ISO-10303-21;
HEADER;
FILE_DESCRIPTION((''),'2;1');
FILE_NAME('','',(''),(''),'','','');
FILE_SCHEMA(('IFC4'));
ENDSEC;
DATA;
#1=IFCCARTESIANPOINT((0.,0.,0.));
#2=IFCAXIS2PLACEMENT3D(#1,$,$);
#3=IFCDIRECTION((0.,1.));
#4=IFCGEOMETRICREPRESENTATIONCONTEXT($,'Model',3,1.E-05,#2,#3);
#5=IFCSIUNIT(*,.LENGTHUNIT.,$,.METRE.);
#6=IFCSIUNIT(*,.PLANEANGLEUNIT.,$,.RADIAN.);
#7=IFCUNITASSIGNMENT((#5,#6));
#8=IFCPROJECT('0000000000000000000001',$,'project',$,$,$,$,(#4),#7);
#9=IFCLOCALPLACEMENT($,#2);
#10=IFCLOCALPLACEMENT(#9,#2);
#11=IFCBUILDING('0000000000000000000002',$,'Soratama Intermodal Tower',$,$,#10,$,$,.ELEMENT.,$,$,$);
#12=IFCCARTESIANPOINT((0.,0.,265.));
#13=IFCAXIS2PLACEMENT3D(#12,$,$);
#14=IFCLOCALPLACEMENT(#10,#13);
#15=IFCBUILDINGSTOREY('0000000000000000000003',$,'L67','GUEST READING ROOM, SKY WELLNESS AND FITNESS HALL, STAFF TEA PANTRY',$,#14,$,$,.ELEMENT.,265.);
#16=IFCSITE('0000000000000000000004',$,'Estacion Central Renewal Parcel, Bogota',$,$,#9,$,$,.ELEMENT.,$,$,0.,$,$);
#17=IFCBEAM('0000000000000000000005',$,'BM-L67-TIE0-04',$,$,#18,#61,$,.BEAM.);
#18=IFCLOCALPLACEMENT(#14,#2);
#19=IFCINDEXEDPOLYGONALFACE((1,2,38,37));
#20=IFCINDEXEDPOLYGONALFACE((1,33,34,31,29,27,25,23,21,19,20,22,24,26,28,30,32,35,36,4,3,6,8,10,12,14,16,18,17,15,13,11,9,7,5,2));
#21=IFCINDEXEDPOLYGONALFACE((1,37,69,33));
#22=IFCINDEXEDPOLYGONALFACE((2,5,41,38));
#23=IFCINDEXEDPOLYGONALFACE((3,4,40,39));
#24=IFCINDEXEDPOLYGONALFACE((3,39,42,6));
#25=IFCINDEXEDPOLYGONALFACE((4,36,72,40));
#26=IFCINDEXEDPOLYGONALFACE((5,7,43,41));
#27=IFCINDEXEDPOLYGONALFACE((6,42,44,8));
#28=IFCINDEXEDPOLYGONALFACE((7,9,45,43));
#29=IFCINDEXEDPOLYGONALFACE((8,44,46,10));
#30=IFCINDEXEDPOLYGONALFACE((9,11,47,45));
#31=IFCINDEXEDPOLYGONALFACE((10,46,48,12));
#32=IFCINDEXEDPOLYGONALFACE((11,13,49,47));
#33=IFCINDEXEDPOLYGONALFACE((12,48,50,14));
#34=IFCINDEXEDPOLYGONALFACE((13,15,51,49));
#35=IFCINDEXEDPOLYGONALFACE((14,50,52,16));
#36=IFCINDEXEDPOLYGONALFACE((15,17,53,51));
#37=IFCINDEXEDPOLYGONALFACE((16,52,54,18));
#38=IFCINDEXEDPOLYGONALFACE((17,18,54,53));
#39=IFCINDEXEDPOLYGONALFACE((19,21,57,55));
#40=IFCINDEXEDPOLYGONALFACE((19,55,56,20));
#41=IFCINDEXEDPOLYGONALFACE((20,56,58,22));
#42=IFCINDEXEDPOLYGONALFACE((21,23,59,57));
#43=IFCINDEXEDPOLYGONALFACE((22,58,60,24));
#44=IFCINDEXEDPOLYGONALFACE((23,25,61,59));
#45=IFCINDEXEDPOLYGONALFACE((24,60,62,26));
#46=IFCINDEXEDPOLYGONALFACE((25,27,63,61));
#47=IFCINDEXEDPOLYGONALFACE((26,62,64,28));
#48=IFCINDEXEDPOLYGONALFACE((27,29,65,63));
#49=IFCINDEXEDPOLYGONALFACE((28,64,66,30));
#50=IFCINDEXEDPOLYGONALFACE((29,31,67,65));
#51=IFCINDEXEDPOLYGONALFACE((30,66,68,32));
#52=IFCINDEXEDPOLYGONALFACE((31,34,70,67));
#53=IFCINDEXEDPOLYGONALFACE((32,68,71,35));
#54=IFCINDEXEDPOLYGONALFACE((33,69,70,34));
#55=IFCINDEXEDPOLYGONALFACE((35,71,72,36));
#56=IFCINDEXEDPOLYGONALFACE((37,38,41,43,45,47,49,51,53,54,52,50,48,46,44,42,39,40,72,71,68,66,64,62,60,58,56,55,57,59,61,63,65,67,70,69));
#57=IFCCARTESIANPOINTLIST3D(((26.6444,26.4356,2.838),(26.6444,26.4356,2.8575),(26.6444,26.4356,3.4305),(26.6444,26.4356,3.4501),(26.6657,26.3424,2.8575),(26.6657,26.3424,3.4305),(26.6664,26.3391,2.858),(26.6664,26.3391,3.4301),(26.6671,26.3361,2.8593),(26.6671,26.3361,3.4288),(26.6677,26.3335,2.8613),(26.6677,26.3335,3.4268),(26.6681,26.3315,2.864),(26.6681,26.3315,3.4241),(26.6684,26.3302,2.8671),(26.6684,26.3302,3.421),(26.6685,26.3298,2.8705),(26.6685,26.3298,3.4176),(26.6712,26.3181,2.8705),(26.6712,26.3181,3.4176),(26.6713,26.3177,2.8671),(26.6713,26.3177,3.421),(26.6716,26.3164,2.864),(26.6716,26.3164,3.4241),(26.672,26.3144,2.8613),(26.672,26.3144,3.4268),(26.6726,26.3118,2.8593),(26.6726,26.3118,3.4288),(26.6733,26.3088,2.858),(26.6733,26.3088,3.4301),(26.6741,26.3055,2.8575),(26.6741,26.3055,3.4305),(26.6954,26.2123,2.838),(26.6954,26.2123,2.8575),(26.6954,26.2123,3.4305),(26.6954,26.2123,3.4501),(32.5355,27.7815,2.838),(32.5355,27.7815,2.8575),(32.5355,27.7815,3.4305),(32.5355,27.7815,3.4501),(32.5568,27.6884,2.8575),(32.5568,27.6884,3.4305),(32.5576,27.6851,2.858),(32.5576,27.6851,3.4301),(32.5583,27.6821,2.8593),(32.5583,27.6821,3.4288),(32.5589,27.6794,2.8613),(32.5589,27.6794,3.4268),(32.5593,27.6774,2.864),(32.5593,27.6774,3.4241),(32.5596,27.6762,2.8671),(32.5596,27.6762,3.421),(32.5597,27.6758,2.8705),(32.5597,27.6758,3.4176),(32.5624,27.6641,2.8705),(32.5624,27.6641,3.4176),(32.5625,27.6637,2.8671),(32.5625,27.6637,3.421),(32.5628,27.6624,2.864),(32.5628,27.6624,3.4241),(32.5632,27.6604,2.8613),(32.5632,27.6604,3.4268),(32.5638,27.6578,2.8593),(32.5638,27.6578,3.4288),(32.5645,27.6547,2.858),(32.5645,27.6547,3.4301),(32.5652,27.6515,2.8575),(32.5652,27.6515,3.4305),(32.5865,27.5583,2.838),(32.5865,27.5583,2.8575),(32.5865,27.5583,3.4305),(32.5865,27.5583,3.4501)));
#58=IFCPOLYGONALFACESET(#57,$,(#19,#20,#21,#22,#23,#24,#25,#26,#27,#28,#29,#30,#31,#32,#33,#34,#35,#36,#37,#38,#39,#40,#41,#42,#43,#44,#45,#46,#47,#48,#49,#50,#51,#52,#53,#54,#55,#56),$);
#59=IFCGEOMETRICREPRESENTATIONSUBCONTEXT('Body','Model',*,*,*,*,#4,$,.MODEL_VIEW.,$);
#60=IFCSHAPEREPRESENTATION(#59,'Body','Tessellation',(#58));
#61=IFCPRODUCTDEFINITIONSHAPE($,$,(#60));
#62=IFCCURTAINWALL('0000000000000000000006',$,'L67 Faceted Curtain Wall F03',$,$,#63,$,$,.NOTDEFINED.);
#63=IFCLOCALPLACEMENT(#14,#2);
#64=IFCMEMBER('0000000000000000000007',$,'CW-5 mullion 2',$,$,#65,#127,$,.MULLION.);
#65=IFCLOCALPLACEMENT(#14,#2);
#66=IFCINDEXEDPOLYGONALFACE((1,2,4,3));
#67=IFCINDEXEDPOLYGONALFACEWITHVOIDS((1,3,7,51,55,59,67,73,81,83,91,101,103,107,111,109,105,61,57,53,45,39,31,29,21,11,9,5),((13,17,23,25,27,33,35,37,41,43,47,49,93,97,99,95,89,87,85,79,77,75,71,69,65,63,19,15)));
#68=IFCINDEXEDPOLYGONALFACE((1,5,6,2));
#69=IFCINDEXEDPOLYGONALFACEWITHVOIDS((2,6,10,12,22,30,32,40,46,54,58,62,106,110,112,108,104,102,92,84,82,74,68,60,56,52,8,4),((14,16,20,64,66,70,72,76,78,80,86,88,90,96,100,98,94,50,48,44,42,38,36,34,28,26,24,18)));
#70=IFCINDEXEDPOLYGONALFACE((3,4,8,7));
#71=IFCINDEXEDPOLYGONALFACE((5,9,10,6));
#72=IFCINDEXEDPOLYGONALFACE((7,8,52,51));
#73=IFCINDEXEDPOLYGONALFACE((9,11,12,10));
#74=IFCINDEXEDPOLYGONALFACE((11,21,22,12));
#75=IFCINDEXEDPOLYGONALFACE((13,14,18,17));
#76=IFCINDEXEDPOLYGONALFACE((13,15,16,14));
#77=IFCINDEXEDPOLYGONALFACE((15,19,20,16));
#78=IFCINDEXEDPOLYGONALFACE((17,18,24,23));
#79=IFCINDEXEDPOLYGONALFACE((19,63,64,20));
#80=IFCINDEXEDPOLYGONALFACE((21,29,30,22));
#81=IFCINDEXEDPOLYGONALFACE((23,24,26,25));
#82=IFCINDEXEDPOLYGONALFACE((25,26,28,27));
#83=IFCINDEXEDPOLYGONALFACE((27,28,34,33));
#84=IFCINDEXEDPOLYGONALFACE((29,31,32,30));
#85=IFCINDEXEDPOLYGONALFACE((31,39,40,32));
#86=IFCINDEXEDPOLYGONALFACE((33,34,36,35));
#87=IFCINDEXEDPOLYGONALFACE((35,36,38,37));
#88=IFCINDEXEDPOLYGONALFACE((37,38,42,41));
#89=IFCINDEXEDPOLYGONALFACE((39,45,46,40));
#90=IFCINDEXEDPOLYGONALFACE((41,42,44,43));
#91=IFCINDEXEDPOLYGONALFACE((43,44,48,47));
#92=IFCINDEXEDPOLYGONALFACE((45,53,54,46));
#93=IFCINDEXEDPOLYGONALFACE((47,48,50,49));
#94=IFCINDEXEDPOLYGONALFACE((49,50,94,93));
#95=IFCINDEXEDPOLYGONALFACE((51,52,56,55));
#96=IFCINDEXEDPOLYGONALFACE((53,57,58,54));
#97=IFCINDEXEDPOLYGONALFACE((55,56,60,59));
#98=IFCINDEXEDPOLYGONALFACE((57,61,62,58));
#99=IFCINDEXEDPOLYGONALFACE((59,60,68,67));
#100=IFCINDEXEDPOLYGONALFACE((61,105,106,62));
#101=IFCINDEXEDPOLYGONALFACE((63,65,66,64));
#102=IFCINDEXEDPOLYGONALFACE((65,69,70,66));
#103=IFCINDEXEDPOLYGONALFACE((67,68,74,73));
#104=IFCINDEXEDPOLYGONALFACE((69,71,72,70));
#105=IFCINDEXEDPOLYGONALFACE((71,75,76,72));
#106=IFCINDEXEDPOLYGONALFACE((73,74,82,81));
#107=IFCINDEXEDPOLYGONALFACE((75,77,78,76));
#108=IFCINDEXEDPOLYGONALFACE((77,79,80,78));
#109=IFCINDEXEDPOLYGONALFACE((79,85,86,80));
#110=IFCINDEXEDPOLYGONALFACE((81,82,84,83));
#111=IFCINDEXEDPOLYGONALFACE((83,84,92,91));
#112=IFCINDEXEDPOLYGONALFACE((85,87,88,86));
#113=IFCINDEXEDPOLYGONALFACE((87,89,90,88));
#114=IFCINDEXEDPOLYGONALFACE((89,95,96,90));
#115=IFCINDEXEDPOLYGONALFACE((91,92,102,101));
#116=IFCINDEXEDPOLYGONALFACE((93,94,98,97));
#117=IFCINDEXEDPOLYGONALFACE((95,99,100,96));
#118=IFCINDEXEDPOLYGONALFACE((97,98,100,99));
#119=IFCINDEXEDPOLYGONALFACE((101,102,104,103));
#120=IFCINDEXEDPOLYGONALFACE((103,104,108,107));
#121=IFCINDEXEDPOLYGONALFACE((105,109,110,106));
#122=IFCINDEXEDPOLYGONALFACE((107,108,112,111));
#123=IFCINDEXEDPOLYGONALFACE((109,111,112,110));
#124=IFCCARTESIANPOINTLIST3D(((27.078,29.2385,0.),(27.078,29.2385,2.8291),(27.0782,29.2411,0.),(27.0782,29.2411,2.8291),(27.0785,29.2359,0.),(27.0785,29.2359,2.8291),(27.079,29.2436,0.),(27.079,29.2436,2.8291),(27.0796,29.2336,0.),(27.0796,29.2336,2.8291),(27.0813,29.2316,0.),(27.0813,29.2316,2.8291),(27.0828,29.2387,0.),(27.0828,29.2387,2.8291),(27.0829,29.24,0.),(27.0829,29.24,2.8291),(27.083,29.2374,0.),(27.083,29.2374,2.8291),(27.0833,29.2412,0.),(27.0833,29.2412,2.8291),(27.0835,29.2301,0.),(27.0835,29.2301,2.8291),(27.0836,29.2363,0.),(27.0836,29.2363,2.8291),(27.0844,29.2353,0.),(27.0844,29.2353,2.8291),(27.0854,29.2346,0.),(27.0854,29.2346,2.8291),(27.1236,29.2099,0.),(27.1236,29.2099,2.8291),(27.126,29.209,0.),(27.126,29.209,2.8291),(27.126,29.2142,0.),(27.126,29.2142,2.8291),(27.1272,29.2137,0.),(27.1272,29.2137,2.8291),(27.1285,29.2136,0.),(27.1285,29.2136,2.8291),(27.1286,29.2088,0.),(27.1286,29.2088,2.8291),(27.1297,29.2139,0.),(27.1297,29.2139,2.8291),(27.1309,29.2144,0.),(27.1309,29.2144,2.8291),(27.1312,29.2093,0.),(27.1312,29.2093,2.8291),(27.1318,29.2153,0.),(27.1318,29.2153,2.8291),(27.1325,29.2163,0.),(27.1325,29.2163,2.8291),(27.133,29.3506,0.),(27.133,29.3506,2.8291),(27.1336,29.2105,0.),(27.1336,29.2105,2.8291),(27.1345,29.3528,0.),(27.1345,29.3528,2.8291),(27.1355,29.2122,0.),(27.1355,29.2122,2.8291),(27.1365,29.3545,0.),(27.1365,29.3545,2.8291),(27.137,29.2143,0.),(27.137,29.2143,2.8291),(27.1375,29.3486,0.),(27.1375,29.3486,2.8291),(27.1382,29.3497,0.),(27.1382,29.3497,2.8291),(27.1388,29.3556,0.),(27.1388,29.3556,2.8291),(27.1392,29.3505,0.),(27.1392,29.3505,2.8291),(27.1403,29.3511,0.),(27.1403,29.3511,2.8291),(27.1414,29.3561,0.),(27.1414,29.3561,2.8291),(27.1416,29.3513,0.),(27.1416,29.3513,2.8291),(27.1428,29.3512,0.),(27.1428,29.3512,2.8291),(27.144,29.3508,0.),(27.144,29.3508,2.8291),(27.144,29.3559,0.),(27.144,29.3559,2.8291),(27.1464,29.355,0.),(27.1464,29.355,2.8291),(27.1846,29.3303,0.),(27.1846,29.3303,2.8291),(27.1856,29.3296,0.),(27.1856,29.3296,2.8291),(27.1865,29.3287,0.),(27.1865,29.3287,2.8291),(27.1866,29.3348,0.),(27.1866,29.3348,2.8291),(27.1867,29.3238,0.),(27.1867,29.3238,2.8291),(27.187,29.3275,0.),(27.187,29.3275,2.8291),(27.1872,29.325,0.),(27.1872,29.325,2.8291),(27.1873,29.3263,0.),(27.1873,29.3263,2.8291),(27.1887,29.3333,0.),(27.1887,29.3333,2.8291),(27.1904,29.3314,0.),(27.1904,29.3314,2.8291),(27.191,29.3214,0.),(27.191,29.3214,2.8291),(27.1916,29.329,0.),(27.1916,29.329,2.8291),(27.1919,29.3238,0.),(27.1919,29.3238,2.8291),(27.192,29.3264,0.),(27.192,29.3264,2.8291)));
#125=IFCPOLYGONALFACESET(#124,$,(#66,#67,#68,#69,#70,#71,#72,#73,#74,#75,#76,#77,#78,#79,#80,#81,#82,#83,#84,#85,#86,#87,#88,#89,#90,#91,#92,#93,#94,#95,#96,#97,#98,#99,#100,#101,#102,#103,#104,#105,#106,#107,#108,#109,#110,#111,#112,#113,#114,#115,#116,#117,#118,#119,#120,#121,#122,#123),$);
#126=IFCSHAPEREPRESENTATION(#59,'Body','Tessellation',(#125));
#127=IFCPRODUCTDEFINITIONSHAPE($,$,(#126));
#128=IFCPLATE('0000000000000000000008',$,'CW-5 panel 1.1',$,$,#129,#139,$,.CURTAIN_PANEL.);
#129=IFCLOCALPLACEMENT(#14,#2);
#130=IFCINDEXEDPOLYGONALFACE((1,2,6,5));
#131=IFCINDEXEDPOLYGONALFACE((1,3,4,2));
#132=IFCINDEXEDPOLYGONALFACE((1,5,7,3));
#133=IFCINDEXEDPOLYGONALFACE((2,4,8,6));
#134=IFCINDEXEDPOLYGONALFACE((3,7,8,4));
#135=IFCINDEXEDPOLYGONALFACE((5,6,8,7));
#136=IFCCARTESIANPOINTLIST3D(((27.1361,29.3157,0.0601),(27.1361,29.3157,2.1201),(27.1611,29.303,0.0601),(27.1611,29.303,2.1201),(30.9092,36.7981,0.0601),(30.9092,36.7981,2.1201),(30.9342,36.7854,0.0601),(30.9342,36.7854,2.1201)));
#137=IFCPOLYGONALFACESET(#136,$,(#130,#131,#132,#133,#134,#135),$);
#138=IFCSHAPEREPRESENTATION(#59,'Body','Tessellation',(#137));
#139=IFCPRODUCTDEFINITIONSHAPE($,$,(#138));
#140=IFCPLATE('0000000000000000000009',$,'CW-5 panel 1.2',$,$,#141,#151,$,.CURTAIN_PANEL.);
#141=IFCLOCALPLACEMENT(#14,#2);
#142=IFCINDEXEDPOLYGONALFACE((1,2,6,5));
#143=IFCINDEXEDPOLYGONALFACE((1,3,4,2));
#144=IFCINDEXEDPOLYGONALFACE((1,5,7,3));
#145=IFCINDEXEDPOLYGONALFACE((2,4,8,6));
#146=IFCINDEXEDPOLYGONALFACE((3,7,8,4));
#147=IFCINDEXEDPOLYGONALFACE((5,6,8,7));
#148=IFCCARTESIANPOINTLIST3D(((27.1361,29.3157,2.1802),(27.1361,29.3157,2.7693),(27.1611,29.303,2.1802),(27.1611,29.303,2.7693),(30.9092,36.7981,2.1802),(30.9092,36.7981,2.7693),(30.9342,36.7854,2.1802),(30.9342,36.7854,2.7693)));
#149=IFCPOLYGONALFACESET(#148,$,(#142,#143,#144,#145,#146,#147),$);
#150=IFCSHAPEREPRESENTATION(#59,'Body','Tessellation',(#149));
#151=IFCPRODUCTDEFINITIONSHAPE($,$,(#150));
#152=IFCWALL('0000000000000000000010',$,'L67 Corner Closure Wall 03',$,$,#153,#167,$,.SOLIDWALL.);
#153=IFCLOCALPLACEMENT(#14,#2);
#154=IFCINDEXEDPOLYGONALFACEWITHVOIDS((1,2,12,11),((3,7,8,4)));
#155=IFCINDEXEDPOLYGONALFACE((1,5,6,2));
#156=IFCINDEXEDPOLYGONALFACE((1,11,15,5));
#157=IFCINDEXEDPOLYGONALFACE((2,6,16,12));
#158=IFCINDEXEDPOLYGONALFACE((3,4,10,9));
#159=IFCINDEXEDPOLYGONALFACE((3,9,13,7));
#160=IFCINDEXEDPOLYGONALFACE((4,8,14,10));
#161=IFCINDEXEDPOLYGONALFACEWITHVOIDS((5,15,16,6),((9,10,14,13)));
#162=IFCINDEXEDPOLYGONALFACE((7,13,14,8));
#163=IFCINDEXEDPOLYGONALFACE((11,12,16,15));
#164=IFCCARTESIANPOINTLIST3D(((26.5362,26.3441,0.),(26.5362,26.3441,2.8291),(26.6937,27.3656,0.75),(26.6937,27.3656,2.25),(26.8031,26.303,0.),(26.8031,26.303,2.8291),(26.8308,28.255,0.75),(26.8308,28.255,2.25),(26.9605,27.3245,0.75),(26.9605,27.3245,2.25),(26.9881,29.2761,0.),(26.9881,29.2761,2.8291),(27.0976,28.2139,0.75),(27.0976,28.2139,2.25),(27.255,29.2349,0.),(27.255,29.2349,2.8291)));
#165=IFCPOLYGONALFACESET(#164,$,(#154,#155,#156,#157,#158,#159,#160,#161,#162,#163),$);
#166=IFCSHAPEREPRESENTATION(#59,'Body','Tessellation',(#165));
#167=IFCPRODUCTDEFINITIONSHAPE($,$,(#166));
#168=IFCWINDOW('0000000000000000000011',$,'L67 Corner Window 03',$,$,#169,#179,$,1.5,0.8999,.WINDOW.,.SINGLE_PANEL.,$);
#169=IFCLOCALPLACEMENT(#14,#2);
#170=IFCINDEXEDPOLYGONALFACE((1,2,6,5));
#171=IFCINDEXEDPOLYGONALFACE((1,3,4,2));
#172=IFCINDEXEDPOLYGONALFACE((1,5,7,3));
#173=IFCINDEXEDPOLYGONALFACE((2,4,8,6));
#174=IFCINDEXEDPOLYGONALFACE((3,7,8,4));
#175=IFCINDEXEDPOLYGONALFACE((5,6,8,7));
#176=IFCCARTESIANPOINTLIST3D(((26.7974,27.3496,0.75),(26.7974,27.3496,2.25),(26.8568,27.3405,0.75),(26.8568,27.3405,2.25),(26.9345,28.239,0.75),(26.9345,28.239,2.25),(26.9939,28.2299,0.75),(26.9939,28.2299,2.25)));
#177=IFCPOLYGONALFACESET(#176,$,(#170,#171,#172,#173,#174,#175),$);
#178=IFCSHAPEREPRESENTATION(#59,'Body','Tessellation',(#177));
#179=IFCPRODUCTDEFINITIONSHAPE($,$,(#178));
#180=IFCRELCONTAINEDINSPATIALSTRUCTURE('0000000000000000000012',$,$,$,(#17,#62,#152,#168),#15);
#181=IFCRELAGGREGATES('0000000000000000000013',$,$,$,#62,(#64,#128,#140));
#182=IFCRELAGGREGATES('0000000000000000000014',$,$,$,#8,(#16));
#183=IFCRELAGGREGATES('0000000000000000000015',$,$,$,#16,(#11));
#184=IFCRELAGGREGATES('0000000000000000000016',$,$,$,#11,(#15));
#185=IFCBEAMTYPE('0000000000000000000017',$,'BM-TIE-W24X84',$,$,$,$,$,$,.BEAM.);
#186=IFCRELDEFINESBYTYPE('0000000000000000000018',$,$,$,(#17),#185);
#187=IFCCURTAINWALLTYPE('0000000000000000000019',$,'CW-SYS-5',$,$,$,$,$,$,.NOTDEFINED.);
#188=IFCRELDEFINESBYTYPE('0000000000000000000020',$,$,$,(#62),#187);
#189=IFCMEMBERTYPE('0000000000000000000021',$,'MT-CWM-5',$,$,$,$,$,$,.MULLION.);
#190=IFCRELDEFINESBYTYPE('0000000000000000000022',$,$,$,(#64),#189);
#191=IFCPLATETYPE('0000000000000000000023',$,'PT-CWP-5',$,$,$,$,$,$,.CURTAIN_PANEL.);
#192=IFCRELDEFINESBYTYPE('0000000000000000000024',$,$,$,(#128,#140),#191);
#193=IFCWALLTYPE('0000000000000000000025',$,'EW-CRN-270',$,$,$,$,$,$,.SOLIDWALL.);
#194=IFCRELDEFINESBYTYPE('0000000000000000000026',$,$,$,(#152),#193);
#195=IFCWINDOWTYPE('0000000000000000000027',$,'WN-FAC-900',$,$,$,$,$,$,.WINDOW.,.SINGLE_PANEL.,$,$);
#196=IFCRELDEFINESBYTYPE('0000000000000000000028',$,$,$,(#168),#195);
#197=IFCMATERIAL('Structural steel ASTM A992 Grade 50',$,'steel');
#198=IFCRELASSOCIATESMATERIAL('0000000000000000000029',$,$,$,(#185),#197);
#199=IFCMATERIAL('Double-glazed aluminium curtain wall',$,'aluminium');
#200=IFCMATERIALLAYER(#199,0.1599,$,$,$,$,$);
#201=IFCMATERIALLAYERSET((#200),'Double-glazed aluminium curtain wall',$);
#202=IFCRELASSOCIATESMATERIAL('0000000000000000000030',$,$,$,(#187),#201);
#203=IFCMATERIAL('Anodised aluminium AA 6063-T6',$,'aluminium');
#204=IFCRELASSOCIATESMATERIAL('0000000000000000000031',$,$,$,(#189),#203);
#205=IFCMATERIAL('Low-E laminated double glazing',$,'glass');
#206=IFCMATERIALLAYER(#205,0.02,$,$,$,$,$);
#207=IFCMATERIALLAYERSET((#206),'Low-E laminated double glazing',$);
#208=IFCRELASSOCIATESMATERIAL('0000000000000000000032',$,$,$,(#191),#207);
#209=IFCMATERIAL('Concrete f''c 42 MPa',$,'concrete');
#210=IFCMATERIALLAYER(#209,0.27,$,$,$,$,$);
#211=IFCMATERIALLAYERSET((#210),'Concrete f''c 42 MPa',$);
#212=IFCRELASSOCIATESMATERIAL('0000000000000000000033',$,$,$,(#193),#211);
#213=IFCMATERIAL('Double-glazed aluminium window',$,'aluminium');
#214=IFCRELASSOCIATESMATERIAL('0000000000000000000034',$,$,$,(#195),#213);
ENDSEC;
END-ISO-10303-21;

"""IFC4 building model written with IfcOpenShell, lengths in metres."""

from ifc_helpers import new_model, si_unit, direction, frame, frame_2d, origin, origin_2d, place, context, subcontext, project, spatial, rectangle, hollow_rectangle, i_section, extrude, material, layer, layer_set, material_profile, profile_set, type_object, element, fill, aggregate, save


model = new_model("IFC4")

# Units and contexts
model_context = context("Model", 3, precision=1e-05, world=origin(), true_north=direction((0.0, 1.0)))
body_context = subcontext(model_context, "Body", "Model", "MODEL_VIEW")
ifc_project = project(units=[si_unit("LENGTHUNIT", "METRE"), si_unit("PLANEANGLEUNIT", "RADIAN")], contexts=[model_context])

# Site, building, storey
site_placement = place(None, origin())
site = spatial("IfcSite", under=ifc_project, at=site_placement, Name="Estacion Central Renewal Parcel, Bogota", CompositionType="ELEMENT", RefElevation=0.0)
building_placement = place(site_placement, origin())
building = spatial("IfcBuilding", under=site, at=building_placement, Name="Soratama Intermodal Tower", CompositionType="ELEMENT")
storey_placement = place(building_placement, frame((0.0, 0.0, 265.0)))
storey = spatial("IfcBuildingStorey", under=building, at=storey_placement, Name="L67", Description="GUEST READING ROOM, SKY WELLNESS AND FITNESS HALL, STAFF TEA PANTRY", CompositionType="ELEMENT", Elevation=265.0)

# Beam
ifc_material_1 = material(Name="Structural steel ASTM A992 Grade 50", Category="steel")
ifc_material_profile_1 = material_profile(ifc_material_1, i_section(OverallWidth=0.229, OverallDepth=0.6121, WebThickness=0.012, FlangeThickness=0.0195, FilletRadius=0.0129, at=origin_2d()), Name="W24X84")
ifc_profile_set_1 = profile_set([ifc_material_profile_1], Name="Structural steel ASTM A992 Grade 50")
beam_type_1 = type_object("IfcBeamType", Name="BM-TIE-W24X84", PredefinedType="BEAM", material=ifc_profile_set_1)
beam_1_placement = place(storey_placement, frame((32.561, 27.6699, 3.144), z_axis=(-0.97488, -0.222732, 0.0), x_axis=(0.222732, -0.97488, 0.0)))
element("IfcBeam", 1, at=beam_1_placement, inside=storey, type_object=beam_type_1, Name="BM-L67-TIE0-04", PredefinedType="BEAM", context=body_context, shape_type="SweptSolid", body=[
    extrude(i_section(OverallWidth=0.229, OverallDepth=0.6121, WebThickness=0.012, FlangeThickness=0.0195, FilletRadius=0.0129, at=origin_2d()), origin(), (0.0, 0.0, 1.0), 6.043),
])

# Curtain wall, member, plates
ifc_material_2 = material(Name="Double-glazed aluminium curtain wall", Category="aluminium")
ifc_layer_1 = layer(ifc_material_2, 0.1599)
ifc_layer_set_1 = layer_set([ifc_layer_1], Name="Double-glazed aluminium curtain wall")
curtain_wall_type = type_object("IfcCurtainWallType", Name="CW-SYS-5", PredefinedType="NOTDEFINED", material=ifc_layer_set_1)
curtain_wall_placement = place(storey_placement, origin())
curtain_wall = element("IfcCurtainWall", 2, at=curtain_wall_placement, inside=storey, type_object=curtain_wall_type, Name="L67 Faceted Curtain Wall F03", PredefinedType="NOTDEFINED")
ifc_material_3 = material(Name="Anodised aluminium AA 6063-T6", Category="aluminium")
ifc_material_profile_2 = material_profile(ifc_material_3, hollow_rectangle(XDim=0.0649, YDim=0.1399, WallThickness=0.0049, InnerFilletRadius=0.0049, OuterFilletRadius=0.01, at=origin_2d()), Name="CWM140X65X5")
ifc_profile_set_2 = profile_set([ifc_material_profile_2], Name="Anodised aluminium AA 6063-T6")
member_type = type_object("IfcMemberType", Name="MT-CWM-5", PredefinedType="MULLION", material=ifc_profile_set_2)
member_placement = place(storey_placement, frame((27.135, 29.2825, 0.0), z_axis=(0.0, 0.0, 1.0), x_axis=(0.8929, -0.450256, 0.0)))
member = element("IfcMember", 3, at=member_placement, type_object=member_type, Name="CW-5 mullion 2", PredefinedType="MULLION", context=body_context, shape_type="SweptSolid", body=[
    extrude(hollow_rectangle(XDim=0.0649, YDim=0.1399, WallThickness=0.0049, InnerFilletRadius=0.0049, OuterFilletRadius=0.01, at=origin_2d()), origin(), (0.0, 0.0, 1.0), 2.8291),
])
ifc_material_4 = material(Name="Low-E laminated double glazing", Category="glass")
ifc_layer_2 = layer(ifc_material_4, 0.02)
ifc_layer_set_2 = layer_set([ifc_layer_2], Name="Low-E laminated double glazing")
plate_type = type_object("IfcPlateType", Name="PT-CWP-5", PredefinedType="CURTAIN_PANEL", material=ifc_layer_set_2)
plate_1_placement = place(storey_placement, frame((29.0352, 33.0505, 0.0601), z_axis=(0.0, 0.0, 1.0), x_axis=(-0.450256, -0.8929, 0.0)))
plate_1 = element("IfcPlate", 4, at=plate_1_placement, type_object=plate_type, Name="CW-5 panel 1.1", PredefinedType="CURTAIN_PANEL", context=body_context, shape_type="SweptSolid", body=[
    extrude(rectangle(XDim=8.3799, YDim=0.0281, at=origin_2d()), origin(), (0.0, 0.0, 1.0), 2.0601),
])
plate_2_placement = place(storey_placement, frame((29.0352, 33.0505, 2.1802), z_axis=(0.0, 0.0, 1.0), x_axis=(-0.450256, -0.8929, 0.0)))
plate_2 = element("IfcPlate", 5, at=plate_2_placement, type_object=plate_type, Name="CW-5 panel 1.2", PredefinedType="CURTAIN_PANEL", context=body_context, shape_type="SweptSolid", body=[
    extrude(rectangle(XDim=8.3799, YDim=0.0281, at=origin_2d()), origin(), (0.0, 0.0, 1.0), 0.5891),
])
aggregate(curtain_wall, [member, plate_1, plate_2])

# Wall, opening, window
ifc_material_5 = material(Name="Concrete f'c 42 MPa", Category="concrete")
ifc_layer_3 = layer(ifc_material_5, 0.27)
ifc_layer_set_3 = layer_set([ifc_layer_3], Name="Concrete f'c 42 MPa")
wall_type_1 = type_object("IfcWallType", Name="EW-CRN-270", PredefinedType="SOLIDWALL", material=ifc_layer_set_3)
wall_1_placement = place(storey_placement, frame((27.1216, 29.2556, 0.0), z_axis=(0.0, 0.0, 1.0), x_axis=(-0.152335, -0.988329, 0.0)))
wall_1 = element("IfcWall", 6, at=wall_1_placement, inside=storey, type_object=wall_type_1, Name="L67 Corner Closure Wall 03", PredefinedType="SOLIDWALL", context=body_context, shape_type="SweptSolid", body=[
    extrude(rectangle(XDim=2.9666, YDim=0.27, at=frame_2d((1.4834, 0.0))), origin(), (0.0, 0.0, 1.0), 2.8291),
])
opening_1_placement = place(wall_1_placement, frame((1.0332, 0.0, 0.75)))
opening_1 = element("IfcOpeningElement", 7, at=opening_1_placement, cuts=wall_1, PredefinedType="OPENING", context=body_context, shape_type="SweptSolid", body=[
    extrude(rectangle(XDim=0.8999, YDim=1.5, at=frame_2d((0.45, 0.75))), frame((0.0, 0.145, 0.0), z_axis=(0.0, -1.0, 0.0), x_axis=(1.0, 0.0, 0.0)), (0.0, 0.0, 1.0), 0.29),
])
ifc_material_6 = material(Name="Double-glazed aluminium window", Category="aluminium")
window_type_1 = type_object("IfcWindowType", Name="WN-FAC-900", PartitioningType="SINGLE_PANEL", PredefinedType="WINDOW", material=ifc_material_6)
window_1_placement = place(opening_1_placement, origin())
window_1 = element("IfcWindow", 8, at=window_1_placement, inside=storey, type_object=window_type_1, Name="L67 Corner Window 03", OverallHeight=1.5, OverallWidth=0.8999, PartitioningType="SINGLE_PANEL", PredefinedType="WINDOW", context=body_context, shape_type="SweptSolid", body=[
    extrude(rectangle(XDim=0.8999, YDim=1.5, at=frame_2d((0.45, 0.75))), frame((0.0, 0.03, 0.0), z_axis=(0.0, -1.0, 0.0), x_axis=(1.0, 0.0, 0.0)), (0.0, 0.0, 1.0), 0.0601),
])
fill(opening_1, window_1)

save(model, "model.ifc")
